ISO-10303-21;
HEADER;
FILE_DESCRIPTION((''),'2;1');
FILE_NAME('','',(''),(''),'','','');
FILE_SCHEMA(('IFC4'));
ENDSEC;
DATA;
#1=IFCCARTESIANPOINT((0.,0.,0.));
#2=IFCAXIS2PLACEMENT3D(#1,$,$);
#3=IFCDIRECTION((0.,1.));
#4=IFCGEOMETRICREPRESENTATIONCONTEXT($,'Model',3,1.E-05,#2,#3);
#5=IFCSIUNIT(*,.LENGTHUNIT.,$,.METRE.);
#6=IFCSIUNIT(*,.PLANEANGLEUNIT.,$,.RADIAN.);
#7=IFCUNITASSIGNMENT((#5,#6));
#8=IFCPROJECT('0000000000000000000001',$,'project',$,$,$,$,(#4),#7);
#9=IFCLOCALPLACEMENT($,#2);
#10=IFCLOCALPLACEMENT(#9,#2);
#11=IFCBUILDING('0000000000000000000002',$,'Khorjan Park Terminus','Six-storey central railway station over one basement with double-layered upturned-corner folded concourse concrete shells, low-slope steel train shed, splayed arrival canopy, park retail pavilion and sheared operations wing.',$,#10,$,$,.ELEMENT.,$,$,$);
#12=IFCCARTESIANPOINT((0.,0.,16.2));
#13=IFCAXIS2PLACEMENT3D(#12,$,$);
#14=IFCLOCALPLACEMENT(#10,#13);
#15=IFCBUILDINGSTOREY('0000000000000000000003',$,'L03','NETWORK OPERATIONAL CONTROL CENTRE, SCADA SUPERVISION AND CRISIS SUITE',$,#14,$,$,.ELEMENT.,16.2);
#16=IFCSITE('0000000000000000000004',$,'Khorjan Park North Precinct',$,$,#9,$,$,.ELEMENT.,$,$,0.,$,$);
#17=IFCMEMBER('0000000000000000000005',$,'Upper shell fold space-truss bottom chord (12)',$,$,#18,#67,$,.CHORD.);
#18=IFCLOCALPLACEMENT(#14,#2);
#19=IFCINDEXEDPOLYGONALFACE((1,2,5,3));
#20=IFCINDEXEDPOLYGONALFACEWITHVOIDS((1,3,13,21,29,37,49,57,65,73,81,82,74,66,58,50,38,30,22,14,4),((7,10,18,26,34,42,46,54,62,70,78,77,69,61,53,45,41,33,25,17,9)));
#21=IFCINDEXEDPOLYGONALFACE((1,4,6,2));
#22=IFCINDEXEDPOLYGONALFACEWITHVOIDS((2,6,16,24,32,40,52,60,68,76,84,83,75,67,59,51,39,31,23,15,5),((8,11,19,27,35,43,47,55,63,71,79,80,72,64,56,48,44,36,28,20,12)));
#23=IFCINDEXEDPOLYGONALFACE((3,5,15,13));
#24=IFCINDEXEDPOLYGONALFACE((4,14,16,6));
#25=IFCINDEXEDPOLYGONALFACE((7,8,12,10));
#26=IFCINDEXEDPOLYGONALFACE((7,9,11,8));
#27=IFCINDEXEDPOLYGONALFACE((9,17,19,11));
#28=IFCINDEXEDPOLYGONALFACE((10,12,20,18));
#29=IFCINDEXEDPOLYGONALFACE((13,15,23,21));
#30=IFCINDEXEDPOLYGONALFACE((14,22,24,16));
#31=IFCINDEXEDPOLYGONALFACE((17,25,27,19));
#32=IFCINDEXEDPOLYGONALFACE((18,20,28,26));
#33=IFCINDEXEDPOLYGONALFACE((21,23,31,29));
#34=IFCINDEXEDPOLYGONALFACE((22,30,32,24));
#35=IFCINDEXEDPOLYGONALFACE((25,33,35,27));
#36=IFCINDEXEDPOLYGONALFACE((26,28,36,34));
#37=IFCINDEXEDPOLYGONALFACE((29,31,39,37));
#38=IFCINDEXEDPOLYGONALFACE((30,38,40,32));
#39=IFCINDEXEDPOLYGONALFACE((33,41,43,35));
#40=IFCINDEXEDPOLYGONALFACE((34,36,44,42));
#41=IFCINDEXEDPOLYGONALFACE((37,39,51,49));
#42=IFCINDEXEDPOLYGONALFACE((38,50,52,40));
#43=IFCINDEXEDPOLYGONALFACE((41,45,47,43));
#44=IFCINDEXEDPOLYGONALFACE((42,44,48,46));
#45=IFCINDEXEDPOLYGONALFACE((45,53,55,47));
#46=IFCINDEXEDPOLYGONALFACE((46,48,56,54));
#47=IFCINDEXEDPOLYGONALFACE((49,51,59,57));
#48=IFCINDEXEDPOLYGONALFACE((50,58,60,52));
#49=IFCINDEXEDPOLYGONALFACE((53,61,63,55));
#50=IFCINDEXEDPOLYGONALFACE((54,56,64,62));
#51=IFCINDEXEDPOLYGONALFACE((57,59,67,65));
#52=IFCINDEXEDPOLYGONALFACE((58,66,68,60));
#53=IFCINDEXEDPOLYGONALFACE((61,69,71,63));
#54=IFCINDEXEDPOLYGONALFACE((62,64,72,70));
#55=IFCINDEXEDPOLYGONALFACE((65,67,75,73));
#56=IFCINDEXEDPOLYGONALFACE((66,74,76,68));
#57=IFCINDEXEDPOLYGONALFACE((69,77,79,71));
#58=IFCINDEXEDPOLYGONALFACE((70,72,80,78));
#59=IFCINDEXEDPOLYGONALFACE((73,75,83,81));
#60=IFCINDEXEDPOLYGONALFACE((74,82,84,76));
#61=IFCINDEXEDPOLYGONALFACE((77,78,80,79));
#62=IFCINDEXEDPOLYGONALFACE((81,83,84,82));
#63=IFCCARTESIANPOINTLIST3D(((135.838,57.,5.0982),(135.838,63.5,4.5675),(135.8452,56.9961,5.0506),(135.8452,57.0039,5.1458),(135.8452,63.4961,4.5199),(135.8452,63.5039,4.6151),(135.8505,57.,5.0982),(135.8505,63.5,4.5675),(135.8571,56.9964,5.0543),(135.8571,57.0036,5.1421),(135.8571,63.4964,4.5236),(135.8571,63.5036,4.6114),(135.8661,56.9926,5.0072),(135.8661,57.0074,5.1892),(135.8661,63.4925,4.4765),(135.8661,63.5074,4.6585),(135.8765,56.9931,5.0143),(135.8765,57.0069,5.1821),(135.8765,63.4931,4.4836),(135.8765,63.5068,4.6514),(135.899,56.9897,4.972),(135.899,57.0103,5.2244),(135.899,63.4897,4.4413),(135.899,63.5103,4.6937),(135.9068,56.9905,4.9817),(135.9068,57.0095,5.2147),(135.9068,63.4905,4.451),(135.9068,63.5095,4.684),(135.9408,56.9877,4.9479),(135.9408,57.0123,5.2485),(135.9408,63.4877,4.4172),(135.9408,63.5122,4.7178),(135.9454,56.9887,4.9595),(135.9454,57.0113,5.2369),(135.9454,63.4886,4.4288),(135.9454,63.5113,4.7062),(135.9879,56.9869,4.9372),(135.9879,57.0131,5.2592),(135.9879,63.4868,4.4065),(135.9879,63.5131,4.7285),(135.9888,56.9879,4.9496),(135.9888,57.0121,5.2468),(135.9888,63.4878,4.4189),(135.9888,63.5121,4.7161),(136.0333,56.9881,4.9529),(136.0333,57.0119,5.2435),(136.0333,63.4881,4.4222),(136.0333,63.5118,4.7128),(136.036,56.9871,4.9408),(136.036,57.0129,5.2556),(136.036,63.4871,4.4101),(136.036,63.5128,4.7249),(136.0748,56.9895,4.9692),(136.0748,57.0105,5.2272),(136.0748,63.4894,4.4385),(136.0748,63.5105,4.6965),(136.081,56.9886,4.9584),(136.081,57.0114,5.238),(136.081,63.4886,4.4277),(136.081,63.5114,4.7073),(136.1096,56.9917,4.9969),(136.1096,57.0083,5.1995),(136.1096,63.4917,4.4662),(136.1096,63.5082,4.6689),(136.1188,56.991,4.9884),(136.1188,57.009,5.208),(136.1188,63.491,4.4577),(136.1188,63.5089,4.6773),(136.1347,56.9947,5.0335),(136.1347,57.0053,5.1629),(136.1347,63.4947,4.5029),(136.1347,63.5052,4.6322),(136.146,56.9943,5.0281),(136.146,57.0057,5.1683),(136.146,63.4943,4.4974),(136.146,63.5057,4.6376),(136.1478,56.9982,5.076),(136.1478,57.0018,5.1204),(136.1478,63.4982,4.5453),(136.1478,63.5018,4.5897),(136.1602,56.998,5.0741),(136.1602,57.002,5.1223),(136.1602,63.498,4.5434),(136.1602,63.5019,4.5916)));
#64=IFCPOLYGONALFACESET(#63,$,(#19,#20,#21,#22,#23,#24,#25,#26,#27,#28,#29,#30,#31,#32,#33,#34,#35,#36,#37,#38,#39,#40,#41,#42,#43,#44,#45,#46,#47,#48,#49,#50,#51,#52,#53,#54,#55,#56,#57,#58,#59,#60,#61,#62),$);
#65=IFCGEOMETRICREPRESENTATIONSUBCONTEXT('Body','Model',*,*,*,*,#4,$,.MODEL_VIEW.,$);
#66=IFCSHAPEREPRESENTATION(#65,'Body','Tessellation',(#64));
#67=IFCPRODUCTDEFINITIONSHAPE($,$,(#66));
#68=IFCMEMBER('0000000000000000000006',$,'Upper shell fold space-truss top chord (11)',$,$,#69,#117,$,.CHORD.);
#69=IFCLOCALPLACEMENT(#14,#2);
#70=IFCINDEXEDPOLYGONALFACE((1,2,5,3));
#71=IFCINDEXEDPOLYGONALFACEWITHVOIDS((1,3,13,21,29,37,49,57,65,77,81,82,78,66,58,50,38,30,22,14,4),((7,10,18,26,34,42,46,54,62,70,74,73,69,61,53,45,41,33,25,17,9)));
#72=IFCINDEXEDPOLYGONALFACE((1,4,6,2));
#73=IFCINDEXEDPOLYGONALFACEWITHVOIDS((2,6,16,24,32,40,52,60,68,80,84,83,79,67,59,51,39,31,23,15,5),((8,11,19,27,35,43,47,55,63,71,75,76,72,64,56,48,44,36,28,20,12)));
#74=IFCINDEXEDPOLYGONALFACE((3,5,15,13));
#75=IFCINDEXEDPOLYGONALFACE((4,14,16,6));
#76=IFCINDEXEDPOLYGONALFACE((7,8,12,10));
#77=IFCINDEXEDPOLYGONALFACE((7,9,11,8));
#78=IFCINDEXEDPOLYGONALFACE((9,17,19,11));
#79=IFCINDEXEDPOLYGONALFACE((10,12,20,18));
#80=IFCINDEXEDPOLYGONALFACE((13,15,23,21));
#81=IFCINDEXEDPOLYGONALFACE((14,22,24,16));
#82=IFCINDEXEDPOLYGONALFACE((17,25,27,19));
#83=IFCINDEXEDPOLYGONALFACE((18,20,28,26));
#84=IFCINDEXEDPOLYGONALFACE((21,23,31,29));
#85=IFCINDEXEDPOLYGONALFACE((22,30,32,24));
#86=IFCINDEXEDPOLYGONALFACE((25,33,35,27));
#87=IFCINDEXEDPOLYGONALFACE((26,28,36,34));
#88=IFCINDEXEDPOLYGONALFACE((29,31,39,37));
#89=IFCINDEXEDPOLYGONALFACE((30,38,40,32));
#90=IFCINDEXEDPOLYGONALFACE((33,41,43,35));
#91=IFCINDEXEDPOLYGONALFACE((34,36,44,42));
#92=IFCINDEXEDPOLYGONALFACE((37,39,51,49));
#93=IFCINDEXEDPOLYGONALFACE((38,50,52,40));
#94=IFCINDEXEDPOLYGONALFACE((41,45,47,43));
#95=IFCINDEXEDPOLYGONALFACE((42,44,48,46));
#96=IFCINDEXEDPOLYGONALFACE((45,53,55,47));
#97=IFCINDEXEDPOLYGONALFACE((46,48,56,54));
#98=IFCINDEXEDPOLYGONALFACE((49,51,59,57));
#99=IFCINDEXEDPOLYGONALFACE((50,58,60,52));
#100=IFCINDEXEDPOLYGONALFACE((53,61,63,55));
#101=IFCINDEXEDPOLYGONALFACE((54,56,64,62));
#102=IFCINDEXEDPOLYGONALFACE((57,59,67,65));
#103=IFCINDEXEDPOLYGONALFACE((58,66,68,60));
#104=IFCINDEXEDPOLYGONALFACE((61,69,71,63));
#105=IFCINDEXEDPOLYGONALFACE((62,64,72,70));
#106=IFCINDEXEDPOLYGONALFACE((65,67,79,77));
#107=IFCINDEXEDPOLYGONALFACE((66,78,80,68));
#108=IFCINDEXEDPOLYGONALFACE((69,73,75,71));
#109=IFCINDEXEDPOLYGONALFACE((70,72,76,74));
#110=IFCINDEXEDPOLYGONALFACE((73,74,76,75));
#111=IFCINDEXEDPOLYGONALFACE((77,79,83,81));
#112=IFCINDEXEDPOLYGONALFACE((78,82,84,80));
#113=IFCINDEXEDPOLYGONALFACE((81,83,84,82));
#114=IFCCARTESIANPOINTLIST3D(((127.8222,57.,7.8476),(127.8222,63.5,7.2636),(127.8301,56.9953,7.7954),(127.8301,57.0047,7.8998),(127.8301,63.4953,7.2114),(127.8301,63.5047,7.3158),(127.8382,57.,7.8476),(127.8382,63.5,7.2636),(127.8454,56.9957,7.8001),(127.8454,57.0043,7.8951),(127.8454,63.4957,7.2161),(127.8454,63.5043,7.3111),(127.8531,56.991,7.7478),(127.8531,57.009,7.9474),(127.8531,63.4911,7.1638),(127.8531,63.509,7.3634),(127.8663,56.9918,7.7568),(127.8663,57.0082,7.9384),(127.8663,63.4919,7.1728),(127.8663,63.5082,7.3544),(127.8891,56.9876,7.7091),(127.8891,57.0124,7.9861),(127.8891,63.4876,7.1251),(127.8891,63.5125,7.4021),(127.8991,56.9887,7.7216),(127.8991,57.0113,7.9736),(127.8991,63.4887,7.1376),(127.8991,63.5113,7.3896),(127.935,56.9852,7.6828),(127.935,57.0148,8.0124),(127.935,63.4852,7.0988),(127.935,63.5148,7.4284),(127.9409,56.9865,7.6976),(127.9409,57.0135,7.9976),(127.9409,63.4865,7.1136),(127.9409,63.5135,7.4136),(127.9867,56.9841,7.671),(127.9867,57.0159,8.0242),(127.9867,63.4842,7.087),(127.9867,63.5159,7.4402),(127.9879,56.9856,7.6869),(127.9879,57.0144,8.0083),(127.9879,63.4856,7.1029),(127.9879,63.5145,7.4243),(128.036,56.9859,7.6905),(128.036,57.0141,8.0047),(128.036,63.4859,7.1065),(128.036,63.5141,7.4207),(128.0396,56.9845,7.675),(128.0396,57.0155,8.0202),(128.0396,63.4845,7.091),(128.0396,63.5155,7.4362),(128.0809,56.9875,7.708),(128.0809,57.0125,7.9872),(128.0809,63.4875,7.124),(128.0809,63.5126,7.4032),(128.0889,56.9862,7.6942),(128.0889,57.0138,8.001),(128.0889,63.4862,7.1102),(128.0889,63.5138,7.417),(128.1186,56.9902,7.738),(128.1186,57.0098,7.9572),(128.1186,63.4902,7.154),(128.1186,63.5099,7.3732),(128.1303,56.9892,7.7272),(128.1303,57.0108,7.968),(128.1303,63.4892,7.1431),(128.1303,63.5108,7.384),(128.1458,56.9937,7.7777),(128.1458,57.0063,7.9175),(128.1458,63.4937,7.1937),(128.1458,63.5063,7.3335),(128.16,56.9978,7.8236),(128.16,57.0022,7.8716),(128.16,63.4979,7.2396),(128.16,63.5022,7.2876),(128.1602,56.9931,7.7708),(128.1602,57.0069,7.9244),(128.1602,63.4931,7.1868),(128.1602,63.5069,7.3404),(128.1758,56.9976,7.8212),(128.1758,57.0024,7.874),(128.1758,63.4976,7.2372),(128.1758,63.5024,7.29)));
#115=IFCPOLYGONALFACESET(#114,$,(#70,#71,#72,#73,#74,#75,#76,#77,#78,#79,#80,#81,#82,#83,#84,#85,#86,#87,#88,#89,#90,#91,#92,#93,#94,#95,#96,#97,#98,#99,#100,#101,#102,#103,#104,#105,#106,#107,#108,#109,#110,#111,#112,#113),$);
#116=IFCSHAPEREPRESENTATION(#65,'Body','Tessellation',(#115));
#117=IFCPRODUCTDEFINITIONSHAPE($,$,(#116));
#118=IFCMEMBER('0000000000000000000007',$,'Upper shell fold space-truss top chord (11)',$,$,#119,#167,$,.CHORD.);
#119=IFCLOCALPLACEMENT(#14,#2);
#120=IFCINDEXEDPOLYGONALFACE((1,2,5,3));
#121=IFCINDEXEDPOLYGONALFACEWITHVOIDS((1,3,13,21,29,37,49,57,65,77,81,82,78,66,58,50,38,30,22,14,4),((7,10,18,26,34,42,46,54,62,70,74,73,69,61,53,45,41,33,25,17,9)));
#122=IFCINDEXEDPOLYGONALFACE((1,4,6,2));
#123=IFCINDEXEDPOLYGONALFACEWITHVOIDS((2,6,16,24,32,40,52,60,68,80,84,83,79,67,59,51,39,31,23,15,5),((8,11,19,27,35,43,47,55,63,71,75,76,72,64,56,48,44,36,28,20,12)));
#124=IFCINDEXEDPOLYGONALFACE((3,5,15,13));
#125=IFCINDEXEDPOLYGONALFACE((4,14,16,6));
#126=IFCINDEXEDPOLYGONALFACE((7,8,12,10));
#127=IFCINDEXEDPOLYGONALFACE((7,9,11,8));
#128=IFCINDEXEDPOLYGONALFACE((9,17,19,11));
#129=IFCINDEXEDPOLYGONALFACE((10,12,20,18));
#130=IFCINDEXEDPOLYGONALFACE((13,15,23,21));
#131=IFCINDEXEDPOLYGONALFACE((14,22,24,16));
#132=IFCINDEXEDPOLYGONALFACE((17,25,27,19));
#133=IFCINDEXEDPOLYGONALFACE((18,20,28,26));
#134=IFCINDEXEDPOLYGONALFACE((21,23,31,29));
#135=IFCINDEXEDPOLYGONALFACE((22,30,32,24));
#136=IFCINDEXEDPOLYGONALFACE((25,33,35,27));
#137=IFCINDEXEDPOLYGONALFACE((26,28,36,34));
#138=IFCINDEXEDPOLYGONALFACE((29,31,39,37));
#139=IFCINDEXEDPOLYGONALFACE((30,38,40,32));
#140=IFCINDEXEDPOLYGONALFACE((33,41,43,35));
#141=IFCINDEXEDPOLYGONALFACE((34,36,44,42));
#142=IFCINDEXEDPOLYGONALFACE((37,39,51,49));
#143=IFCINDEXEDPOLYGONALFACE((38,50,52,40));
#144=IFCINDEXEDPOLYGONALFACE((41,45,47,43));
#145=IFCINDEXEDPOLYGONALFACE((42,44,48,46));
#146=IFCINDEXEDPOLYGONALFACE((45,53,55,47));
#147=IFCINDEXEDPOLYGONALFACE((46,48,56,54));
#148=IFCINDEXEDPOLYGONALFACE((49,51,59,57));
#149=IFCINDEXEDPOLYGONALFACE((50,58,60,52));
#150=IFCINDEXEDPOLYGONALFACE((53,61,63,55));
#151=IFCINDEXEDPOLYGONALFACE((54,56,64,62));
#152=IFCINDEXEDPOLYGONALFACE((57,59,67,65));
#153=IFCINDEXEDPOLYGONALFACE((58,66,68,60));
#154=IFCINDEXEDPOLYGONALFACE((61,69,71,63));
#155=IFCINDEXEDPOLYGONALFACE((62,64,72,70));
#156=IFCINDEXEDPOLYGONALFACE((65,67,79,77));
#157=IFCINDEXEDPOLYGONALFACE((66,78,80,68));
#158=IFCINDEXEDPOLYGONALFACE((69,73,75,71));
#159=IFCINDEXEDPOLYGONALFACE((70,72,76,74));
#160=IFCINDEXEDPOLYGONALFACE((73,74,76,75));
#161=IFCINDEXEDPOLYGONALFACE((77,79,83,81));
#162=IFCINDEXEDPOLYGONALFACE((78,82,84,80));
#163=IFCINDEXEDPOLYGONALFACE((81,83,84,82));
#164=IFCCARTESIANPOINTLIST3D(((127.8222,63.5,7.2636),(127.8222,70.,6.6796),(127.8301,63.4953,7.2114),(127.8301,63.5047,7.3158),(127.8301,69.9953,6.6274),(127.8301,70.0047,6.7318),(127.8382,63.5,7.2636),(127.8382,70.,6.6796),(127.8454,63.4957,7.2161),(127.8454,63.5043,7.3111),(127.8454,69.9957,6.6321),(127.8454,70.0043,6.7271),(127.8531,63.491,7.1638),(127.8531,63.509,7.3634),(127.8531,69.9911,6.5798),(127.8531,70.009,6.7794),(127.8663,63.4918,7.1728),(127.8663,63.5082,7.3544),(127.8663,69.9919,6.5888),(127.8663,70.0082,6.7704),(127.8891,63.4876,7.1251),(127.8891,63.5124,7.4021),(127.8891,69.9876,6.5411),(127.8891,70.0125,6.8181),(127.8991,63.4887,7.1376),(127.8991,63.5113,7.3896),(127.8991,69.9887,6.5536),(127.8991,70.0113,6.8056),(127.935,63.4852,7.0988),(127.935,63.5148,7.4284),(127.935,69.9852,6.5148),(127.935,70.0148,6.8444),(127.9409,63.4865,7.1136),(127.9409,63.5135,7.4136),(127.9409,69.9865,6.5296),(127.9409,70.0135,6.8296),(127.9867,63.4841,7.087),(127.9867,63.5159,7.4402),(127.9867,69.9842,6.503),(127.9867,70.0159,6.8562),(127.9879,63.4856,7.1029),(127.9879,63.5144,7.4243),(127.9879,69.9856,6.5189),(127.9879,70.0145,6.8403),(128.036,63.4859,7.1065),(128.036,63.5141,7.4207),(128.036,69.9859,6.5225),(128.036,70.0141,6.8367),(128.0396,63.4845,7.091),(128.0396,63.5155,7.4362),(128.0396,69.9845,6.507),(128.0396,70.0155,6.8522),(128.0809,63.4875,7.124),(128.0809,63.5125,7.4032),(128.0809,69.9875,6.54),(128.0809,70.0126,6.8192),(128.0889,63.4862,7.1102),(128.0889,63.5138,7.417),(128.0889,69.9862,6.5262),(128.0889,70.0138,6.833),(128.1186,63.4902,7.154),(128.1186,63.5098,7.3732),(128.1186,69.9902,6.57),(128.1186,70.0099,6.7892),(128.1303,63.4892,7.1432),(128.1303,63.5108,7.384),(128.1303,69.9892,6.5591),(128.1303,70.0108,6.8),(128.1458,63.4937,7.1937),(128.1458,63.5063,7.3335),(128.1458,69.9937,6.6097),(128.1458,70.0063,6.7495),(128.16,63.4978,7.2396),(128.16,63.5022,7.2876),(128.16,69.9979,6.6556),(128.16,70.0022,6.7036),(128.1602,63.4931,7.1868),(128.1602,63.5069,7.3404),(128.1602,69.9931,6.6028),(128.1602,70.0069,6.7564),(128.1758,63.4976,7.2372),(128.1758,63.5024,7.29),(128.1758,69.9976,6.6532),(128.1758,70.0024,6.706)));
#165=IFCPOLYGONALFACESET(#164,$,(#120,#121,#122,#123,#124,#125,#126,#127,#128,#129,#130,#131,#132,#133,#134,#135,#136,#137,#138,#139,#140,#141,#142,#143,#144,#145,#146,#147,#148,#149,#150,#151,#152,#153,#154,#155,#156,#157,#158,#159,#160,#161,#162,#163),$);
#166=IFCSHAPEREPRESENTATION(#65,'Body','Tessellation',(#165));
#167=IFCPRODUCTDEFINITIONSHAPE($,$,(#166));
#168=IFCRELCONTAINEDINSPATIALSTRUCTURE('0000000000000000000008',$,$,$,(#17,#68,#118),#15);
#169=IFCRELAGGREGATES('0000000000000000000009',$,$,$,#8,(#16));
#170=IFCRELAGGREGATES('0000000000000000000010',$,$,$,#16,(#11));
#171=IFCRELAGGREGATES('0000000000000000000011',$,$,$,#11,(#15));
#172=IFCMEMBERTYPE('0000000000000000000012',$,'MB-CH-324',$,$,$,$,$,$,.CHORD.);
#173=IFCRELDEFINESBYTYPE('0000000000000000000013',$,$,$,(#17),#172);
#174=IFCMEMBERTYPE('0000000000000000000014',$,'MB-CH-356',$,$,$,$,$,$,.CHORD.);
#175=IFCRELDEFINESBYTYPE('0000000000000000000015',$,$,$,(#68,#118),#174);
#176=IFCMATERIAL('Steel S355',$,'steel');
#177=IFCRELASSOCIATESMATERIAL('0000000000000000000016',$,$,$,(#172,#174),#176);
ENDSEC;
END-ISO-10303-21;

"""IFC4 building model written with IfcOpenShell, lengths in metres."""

from ifc_helpers import new_model, si_unit, direction, frame, origin, origin_2d, place, context, subcontext, project, spatial, hollow_circle, extrude, material, material_profile, profile_set, type_object, element, save


model = new_model("IFC4")

# Units and contexts
model_context = context("Model", 3, precision=1e-05, world=origin(), true_north=direction((0.0, 1.0)))
body_context = subcontext(model_context, "Body", "Model", "MODEL_VIEW")
ifc_project = project(units=[si_unit("LENGTHUNIT", "METRE"), si_unit("PLANEANGLEUNIT", "RADIAN")], contexts=[model_context])

# Site, building, storey
site_placement = place(None, origin())
site = spatial("IfcSite", under=ifc_project, at=site_placement, Name="Khorjan Park North Precinct", CompositionType="ELEMENT", RefElevation=0.0)
building_placement = place(site_placement, origin())
building = spatial("IfcBuilding", under=site, at=building_placement, Name="Khorjan Park Terminus", Description="Six-storey central railway station over one basement with double-layered upturned-corner folded concourse concrete shells, low-slope steel train shed, splayed arrival canopy, park retail pavilion and sheared operations wing.", CompositionType="ELEMENT")
storey_placement = place(building_placement, frame((0.0, 0.0, 16.2)))
storey = spatial("IfcBuildingStorey", under=building, at=storey_placement, Name="L03", Description="NETWORK OPERATIONAL CONTROL CENTRE, SCADA SUPERVISION AND CRISIS SUITE", CompositionType="ELEMENT", Elevation=16.2)

# Members
ifc_material_1 = material(Name="Steel S355", Category="steel")
ifc_material_profile_1 = material_profile(ifc_material_1, hollow_circle(Radius=0.162, WallThickness=0.0125, at=origin_2d()), Name="CHS 323.9x12.5")
ifc_profile_set_1 = profile_set([ifc_material_profile_1], Name="Steel S355")
member_type_1 = type_object("IfcMemberType", Name="MB-CH-324", PredefinedType="CHORD", material=ifc_profile_set_1)
for number, where, z_axis, x_axis, name in (
    (1, (136.0, 57.0, 5.0982), (0.0, 0.996684, -0.081375), (-1.0, 0.0, 0.0), "Upper shell fold space-truss bottom chord (12)"),
):
    element("IfcMember", number, at=place(storey_placement, frame(where, z_axis=z_axis, x_axis=x_axis)), inside=storey, type_object=member_type_1, Name=name, PredefinedType="CHORD", context=body_context, shape_type="SweptSolid", body=[
        extrude(hollow_circle(Radius=0.162, WallThickness=0.0125, at=origin_2d()), origin(), (0.0, 0.0, 1.0), 6.5216),
    ])
ifc_material_profile_2 = material_profile(ifc_material_1, hollow_circle(Radius=0.1778, WallThickness=0.016, at=origin_2d()), Name="CHS 355.6x16")
ifc_profile_set_2 = profile_set([ifc_material_profile_2], Name="Steel S355")
member_type_2 = type_object("IfcMemberType", Name="MB-CH-356", PredefinedType="CHORD", material=ifc_profile_set_2)
for number, where, z_axis, x_axis, name in (
    (2, (128.0, 57.0, 7.8476), (0.0, 0.995988, -0.089486), (-1.0, 0.0, 0.0), "Upper shell fold space-truss top chord (11)"),
    (3, (128.0, 63.5, 7.2636), (0.0, 0.995988, -0.089486), (-1.0, 0.0, 0.0), "Upper shell fold space-truss top chord (11)"),
):
    element("IfcMember", number, at=place(storey_placement, frame(where, z_axis=z_axis, x_axis=x_axis)), inside=storey, type_object=member_type_2, Name=name, PredefinedType="CHORD", context=body_context, shape_type="SweptSolid", body=[
        extrude(hollow_circle(Radius=0.1778, WallThickness=0.016, at=origin_2d()), origin(), (0.0, 0.0, 1.0), 6.5262),
    ])

save(model, "model.ifc")
